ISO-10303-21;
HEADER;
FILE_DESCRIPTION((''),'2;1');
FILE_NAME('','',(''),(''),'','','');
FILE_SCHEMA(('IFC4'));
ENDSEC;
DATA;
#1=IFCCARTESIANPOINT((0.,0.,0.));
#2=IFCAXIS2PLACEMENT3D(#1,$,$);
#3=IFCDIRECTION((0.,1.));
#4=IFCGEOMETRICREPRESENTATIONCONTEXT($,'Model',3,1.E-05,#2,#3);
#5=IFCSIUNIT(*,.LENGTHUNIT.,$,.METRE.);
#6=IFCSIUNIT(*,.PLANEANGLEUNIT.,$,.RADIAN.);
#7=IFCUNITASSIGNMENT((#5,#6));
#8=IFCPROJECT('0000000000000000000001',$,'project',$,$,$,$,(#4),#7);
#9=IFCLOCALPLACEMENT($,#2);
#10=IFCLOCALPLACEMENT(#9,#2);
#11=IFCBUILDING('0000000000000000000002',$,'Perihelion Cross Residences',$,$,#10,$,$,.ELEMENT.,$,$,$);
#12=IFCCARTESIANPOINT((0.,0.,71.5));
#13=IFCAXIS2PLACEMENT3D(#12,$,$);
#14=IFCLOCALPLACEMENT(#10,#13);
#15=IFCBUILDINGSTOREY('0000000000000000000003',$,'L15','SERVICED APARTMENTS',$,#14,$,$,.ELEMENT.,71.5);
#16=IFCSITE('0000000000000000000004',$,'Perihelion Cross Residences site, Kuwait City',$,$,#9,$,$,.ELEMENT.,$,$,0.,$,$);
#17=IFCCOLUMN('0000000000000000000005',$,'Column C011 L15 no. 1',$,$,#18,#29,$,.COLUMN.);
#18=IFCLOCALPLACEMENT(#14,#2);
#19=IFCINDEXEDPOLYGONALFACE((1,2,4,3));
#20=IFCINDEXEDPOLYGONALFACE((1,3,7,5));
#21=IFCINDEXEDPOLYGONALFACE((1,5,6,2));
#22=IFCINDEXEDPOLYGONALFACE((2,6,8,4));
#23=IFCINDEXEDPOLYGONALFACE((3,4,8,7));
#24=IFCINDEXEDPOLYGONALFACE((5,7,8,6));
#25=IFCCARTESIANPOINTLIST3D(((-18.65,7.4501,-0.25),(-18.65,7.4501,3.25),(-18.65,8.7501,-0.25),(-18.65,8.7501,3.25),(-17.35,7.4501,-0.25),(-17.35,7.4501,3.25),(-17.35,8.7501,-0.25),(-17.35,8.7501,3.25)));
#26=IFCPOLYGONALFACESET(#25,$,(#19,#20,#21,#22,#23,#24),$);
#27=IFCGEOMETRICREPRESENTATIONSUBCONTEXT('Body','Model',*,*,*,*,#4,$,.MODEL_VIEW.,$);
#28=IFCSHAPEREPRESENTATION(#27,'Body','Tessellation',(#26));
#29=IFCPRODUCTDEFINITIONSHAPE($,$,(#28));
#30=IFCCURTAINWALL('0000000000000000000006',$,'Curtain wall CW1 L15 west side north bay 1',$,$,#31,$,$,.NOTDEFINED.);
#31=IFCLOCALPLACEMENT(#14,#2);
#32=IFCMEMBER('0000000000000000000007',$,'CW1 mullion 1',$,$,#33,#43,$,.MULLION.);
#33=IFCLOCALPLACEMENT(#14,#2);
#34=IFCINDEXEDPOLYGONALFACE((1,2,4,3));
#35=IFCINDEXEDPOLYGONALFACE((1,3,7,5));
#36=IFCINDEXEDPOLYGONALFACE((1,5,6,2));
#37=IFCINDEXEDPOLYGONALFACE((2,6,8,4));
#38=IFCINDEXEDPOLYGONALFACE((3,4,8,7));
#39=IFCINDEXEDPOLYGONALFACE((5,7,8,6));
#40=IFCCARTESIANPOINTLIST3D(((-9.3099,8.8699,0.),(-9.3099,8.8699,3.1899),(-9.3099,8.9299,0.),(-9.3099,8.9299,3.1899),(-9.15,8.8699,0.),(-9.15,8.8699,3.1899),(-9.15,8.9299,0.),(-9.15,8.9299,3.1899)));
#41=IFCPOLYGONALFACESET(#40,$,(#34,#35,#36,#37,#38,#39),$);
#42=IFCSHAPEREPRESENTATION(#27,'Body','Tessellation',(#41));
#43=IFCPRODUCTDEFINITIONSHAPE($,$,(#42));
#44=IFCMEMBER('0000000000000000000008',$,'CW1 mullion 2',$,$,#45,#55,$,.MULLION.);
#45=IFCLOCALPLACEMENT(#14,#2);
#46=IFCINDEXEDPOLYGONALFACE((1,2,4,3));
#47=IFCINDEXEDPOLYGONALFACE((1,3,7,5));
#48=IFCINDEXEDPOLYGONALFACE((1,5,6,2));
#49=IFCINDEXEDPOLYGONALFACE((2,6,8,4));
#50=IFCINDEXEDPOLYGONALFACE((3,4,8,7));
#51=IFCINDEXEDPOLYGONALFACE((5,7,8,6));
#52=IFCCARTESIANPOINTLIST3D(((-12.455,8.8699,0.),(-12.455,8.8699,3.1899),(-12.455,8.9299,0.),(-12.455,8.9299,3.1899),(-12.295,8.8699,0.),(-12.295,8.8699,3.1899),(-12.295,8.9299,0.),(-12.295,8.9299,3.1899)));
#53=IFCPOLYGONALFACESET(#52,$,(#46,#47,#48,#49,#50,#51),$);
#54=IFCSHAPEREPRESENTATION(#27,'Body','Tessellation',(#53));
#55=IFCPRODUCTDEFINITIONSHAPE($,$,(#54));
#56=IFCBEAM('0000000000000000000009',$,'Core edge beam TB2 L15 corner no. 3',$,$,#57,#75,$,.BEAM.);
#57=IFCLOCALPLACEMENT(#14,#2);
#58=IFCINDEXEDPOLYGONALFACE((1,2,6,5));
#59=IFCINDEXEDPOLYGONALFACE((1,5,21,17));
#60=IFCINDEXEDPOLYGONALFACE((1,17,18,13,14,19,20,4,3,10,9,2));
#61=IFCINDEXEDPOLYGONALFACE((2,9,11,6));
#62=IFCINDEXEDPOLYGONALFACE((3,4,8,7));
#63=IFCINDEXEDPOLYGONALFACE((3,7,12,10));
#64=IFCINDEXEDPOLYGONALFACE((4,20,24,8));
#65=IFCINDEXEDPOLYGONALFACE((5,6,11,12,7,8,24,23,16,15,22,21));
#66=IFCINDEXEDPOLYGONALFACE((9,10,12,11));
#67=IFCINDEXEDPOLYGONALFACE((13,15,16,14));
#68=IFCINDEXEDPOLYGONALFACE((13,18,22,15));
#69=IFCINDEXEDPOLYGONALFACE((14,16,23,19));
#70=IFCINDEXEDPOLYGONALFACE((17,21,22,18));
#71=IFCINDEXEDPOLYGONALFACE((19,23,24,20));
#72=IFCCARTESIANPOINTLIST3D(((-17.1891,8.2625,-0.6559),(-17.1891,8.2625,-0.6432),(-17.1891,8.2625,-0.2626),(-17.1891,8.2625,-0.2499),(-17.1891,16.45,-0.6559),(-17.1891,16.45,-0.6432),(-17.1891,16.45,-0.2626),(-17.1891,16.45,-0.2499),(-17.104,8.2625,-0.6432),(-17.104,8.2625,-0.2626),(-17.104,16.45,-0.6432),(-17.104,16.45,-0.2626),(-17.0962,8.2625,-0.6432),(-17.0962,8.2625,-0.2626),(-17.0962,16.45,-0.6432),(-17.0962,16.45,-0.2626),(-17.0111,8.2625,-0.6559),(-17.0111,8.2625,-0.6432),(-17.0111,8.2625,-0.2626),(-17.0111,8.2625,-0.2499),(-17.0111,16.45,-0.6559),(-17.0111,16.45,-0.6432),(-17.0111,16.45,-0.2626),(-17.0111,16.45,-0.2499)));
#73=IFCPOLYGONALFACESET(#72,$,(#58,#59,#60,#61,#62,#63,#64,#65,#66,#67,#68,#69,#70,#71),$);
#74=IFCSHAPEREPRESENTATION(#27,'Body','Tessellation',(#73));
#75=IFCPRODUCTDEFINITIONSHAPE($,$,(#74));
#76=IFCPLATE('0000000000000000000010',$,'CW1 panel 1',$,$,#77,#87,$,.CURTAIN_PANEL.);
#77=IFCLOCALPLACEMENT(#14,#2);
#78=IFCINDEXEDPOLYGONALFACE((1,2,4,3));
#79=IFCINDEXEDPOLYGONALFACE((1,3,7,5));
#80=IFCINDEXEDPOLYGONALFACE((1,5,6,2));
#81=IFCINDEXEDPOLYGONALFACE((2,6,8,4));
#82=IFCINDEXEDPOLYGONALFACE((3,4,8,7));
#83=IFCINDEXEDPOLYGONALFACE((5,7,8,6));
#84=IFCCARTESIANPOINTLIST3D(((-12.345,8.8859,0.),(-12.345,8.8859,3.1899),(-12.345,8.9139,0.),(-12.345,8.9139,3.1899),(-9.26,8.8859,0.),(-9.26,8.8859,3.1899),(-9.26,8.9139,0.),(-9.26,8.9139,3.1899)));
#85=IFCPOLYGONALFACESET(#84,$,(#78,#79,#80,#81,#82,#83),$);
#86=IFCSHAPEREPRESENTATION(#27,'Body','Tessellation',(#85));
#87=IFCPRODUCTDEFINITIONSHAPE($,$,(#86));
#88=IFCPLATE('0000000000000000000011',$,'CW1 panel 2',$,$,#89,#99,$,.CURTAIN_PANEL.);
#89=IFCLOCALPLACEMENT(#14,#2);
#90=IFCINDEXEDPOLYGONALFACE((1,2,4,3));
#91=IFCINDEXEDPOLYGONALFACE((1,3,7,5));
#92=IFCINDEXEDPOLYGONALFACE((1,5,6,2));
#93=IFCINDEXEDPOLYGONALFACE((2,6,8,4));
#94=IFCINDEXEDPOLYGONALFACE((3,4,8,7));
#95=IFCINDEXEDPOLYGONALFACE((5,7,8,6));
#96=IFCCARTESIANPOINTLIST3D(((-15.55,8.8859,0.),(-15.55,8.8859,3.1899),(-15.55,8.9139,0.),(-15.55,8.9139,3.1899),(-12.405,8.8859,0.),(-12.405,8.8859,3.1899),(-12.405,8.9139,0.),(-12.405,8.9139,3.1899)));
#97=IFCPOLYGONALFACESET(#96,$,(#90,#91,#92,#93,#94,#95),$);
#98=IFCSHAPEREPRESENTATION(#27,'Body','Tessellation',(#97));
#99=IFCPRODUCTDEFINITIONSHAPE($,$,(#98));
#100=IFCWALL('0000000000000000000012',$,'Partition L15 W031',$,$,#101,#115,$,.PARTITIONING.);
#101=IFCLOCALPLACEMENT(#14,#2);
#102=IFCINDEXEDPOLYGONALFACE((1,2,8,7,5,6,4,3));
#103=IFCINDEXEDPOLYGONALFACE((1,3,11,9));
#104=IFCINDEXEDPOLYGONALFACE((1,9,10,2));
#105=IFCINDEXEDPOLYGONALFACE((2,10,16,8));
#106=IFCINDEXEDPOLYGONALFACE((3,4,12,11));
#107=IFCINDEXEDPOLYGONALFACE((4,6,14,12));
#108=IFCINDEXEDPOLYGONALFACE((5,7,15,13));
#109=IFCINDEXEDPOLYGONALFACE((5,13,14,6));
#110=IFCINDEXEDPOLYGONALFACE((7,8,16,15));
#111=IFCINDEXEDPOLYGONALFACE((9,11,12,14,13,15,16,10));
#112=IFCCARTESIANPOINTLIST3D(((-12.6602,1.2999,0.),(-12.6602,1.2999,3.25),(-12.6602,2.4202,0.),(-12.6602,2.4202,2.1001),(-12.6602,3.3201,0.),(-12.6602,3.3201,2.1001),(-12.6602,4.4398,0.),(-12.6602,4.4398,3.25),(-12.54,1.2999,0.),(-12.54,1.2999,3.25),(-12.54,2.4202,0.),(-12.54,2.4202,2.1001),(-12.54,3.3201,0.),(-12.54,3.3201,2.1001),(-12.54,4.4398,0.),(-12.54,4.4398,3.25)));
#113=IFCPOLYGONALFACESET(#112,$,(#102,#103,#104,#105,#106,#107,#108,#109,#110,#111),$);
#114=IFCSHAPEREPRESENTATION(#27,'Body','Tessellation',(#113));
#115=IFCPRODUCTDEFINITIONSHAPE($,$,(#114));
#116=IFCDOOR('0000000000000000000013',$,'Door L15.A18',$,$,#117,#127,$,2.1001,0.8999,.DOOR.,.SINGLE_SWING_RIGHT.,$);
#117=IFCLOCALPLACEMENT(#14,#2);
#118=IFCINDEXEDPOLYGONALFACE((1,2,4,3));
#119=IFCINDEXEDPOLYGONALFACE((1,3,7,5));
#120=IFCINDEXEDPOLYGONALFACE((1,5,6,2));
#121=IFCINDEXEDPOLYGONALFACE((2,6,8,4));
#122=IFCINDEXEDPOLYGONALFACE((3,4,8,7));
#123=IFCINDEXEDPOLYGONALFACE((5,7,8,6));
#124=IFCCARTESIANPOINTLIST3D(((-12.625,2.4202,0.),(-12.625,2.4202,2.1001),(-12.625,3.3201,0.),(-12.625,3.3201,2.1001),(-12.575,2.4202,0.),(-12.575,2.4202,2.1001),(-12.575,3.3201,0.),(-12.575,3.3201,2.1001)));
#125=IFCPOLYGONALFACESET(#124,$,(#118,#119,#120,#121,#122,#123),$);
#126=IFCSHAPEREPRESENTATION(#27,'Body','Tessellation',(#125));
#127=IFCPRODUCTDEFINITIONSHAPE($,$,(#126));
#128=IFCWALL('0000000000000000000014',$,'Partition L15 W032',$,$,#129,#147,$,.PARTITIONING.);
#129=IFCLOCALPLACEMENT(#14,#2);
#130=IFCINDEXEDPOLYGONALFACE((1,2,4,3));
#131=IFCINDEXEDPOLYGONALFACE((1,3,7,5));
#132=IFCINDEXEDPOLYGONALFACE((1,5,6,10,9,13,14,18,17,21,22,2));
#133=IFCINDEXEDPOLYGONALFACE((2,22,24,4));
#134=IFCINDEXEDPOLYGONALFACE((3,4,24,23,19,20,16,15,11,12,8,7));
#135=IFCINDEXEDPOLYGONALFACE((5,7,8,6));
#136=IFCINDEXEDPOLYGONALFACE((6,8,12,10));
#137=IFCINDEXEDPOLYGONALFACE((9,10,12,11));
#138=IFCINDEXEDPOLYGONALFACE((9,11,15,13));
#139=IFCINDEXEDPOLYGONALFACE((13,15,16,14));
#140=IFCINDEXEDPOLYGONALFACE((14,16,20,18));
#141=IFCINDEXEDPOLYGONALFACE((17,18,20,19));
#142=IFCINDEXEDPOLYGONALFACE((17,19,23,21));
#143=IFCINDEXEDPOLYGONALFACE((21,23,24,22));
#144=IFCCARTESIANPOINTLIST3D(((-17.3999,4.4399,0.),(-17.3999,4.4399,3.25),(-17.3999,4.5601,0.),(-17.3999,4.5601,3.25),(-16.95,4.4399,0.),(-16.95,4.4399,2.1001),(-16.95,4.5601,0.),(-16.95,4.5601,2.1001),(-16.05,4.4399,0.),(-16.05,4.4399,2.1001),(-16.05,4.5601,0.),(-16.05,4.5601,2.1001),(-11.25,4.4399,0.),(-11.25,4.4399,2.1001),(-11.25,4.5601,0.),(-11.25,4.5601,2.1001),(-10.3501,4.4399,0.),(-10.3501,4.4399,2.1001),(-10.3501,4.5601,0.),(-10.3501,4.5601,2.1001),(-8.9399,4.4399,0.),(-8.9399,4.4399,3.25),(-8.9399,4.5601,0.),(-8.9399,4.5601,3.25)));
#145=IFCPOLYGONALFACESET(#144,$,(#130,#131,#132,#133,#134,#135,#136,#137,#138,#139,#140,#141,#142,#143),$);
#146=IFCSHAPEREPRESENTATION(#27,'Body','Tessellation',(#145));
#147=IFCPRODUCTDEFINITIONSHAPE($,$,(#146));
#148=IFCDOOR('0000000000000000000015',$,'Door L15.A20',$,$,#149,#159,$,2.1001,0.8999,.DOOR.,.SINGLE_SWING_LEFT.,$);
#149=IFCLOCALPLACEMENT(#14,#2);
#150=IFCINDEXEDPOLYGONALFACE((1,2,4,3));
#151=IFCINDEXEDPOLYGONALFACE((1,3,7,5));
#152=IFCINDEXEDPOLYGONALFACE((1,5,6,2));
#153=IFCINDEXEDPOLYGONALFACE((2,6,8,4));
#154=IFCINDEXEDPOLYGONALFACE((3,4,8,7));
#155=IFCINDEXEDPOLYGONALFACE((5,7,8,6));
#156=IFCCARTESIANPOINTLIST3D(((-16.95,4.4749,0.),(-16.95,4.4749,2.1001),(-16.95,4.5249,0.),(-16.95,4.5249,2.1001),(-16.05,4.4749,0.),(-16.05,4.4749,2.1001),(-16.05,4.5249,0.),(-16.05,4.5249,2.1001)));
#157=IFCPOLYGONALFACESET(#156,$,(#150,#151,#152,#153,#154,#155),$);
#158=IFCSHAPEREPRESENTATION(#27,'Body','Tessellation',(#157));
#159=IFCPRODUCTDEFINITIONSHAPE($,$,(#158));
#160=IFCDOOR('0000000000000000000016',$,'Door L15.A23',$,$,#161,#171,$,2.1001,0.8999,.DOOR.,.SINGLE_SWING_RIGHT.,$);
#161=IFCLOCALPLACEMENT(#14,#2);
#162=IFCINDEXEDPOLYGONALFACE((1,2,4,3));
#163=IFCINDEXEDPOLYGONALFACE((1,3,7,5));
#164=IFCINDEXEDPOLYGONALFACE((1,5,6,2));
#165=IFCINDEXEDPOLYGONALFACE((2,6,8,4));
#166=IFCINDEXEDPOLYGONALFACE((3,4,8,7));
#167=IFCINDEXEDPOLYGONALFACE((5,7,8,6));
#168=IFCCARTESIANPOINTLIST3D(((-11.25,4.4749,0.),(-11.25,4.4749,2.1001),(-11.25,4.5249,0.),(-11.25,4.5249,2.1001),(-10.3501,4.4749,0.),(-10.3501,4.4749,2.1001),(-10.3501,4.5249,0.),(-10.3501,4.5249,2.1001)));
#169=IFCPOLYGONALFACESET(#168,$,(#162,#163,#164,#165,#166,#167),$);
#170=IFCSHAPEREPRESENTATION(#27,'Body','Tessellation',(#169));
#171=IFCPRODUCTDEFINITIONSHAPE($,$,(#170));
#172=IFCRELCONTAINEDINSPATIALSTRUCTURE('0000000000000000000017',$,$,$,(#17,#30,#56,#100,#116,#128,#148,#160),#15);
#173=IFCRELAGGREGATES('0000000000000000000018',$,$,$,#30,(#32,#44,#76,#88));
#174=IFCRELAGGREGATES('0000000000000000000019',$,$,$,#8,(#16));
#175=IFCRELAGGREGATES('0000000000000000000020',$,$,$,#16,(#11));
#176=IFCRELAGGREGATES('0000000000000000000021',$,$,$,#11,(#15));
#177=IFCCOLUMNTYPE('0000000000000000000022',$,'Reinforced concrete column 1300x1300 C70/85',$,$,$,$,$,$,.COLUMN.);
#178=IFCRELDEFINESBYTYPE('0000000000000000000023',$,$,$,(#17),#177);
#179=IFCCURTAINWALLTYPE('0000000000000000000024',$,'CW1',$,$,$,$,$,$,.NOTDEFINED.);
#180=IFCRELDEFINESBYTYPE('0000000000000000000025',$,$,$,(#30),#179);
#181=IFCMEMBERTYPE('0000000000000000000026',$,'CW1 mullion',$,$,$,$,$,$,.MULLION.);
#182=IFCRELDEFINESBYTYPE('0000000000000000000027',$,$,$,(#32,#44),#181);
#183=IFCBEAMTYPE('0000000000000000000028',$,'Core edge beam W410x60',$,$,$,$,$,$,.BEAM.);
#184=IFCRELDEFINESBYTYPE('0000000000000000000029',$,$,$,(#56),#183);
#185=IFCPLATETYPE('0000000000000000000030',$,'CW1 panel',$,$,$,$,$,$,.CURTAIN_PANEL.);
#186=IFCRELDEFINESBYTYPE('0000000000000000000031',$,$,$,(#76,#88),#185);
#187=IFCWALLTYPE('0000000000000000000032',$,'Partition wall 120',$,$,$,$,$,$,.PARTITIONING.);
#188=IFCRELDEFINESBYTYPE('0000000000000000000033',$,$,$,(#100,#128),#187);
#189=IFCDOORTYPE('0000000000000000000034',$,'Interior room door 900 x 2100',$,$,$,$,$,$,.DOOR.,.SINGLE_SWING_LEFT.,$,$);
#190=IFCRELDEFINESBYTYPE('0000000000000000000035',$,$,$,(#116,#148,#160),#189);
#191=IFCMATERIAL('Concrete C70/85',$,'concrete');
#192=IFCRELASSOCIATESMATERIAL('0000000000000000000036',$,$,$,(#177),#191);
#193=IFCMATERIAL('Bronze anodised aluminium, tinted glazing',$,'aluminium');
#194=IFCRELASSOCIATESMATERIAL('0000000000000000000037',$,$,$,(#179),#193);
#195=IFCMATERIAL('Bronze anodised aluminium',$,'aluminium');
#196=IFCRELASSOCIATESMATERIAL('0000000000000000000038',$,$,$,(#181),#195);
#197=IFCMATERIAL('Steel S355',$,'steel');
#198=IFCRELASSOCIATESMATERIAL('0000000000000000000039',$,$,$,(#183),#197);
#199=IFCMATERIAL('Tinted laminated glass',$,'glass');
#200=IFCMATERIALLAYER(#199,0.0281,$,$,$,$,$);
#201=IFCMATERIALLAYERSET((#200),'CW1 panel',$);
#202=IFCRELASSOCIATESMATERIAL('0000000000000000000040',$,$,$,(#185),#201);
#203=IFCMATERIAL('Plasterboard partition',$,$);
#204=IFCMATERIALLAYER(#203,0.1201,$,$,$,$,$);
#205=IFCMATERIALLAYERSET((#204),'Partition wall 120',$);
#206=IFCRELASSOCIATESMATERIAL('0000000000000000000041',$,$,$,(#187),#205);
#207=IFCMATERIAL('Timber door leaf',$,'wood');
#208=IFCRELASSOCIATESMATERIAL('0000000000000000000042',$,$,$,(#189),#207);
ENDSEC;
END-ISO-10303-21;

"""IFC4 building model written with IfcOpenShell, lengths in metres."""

from ifc_helpers import new_model, si_unit, direction, frame, frame_2d, origin, origin_2d, place, context, subcontext, project, spatial, rectangle, i_section, extrude, material, layer, layer_set, material_profile, profile_set, type_object, element, fill, aggregate, save


model = new_model("IFC4")

# Units and contexts
model_context = context("Model", 3, precision=1e-05, world=origin(), true_north=direction((0.0, 1.0)))
body_context = subcontext(model_context, "Body", "Model", "MODEL_VIEW")
ifc_project = project(units=[si_unit("LENGTHUNIT", "METRE"), si_unit("PLANEANGLEUNIT", "RADIAN")], contexts=[model_context])

# Site, building, storey
site_placement = place(None, origin())
site = spatial("IfcSite", under=ifc_project, at=site_placement, Name="Perihelion Cross Residences site, Kuwait City", CompositionType="ELEMENT", RefElevation=0.0)
building_placement = place(site_placement, origin())
building = spatial("IfcBuilding", under=site, at=building_placement, Name="Perihelion Cross Residences", CompositionType="ELEMENT")
storey_placement = place(building_placement, frame((0.0, 0.0, 71.5)))
storey = spatial("IfcBuildingStorey", under=building, at=storey_placement, Name="L15", Description="SERVICED APARTMENTS", CompositionType="ELEMENT", Elevation=71.5)

# Column
ifc_material_1 = material(Name="Concrete C70/85", Category="concrete")
ifc_material_profile_1 = material_profile(ifc_material_1, rectangle(XDim=1.3, YDim=1.3, at=origin_2d()), Name="RC 1300x1300")
ifc_profile_set_1 = profile_set([ifc_material_profile_1], Name="Concrete C70/85")
column_type = type_object("IfcColumnType", Name="Reinforced concrete column 1300x1300 C70/85", PredefinedType="COLUMN", material=ifc_profile_set_1)
column_placement = place(storey_placement, frame((-18.0, 8.1001, -0.25), z_axis=(0.0, 0.0, 1.0), x_axis=(1.0, 0.0, 0.0)))
element("IfcColumn", 1, at=column_placement, inside=storey, type_object=column_type, Name="Column C011 L15 no. 1", PredefinedType="COLUMN", context=body_context, shape_type="SweptSolid", body=[
    extrude(rectangle(XDim=1.3, YDim=1.3, at=origin_2d()), origin(), (0.0, 0.0, 1.0), 3.5),
])

# Curtain wall, members
ifc_material_2 = material(Name="Bronze anodised aluminium, tinted glazing", Category="aluminium")
curtain_wall_type = type_object("IfcCurtainWallType", Name="CW1", PredefinedType="NOTDEFINED", material=ifc_material_2)
curtain_wall_placement = place(storey_placement, origin())
curtain_wall = element("IfcCurtainWall", 2, at=curtain_wall_placement, inside=storey, type_object=curtain_wall_type, Name="Curtain wall CW1 L15 west side north bay 1", PredefinedType="NOTDEFINED")
ifc_material_3 = material(Name="Bronze anodised aluminium", Category="aluminium")
ifc_material_profile_2 = material_profile(ifc_material_3, rectangle(XDim=0.0601, YDim=0.1599, at=origin_2d()), Name="CW1 mullion")
ifc_profile_set_2 = profile_set([ifc_material_profile_2], Name="Bronze anodised aluminium")
member_type = type_object("IfcMemberType", Name="CW1 mullion", PredefinedType="MULLION", material=ifc_profile_set_2)
member_1_placement = place(storey_placement, frame((-9.23, 8.8999, 0.0), z_axis=(0.0, 0.0, 1.0), x_axis=(0.0, -1.0, 0.0)))
member_1 = element("IfcMember", 3, at=member_1_placement, type_object=member_type, Name="CW1 mullion 1", PredefinedType="MULLION", context=body_context, shape_type="SweptSolid", body=[
    extrude(rectangle(XDim=0.0601, YDim=0.1599, at=origin_2d()), origin(), (0.0, 0.0, 1.0), 3.1899),
])
member_2_placement = place(storey_placement, frame((-12.375, 8.8999, 0.0), z_axis=(0.0, 0.0, 1.0), x_axis=(0.0, -1.0, 0.0)))
member_2 = element("IfcMember", 4, at=member_2_placement, type_object=member_type, Name="CW1 mullion 2", PredefinedType="MULLION", context=body_context, shape_type="SweptSolid", body=[
    extrude(rectangle(XDim=0.0601, YDim=0.1599, at=origin_2d()), origin(), (0.0, 0.0, 1.0), 3.1899),
])

# Beam
ifc_material_4 = material(Name="Steel S355", Category="steel")
ifc_material_profile_3 = material_profile(ifc_material_4, i_section(OverallWidth=0.178, OverallDepth=0.406, WebThickness=0.0078, FlangeThickness=0.0127, at=origin_2d()), Name="W410x60")
ifc_profile_set_3 = profile_set([ifc_material_profile_3], Name="Steel S355")
beam_type = type_object("IfcBeamType", Name="Core edge beam W410x60", PredefinedType="BEAM", material=ifc_profile_set_3)
beam_placement = place(storey_placement, frame((-17.1001, 8.2625, -0.4529), z_axis=(0.0, 1.0, 0.0), x_axis=(-1.0, 0.0, 0.0)))
element("IfcBeam", 5, at=beam_placement, inside=storey, type_object=beam_type, Name="Core edge beam TB2 L15 corner no. 3", PredefinedType="BEAM", context=body_context, shape_type="SweptSolid", body=[
    extrude(i_section(OverallWidth=0.178, OverallDepth=0.406, WebThickness=0.0078, FlangeThickness=0.0127, at=origin_2d()), origin(), (0.0, 0.0, 1.0), 8.1875),
])

# Plates
ifc_material_5 = material(Name="Tinted laminated glass", Category="glass")
ifc_layer_1 = layer(ifc_material_5, 0.0281)
ifc_layer_set_1 = layer_set([ifc_layer_1], Name="CW1 panel")
plate_type = type_object("IfcPlateType", Name="CW1 panel", PredefinedType="CURTAIN_PANEL", material=ifc_layer_set_1)
plate_1_placement = place(storey_placement, frame((-10.8025, 8.8999, 0.0), z_axis=(0.0, 0.0, 1.0), x_axis=(-1.0, 0.0, 0.0)))
plate_1 = element("IfcPlate", 6, at=plate_1_placement, type_object=plate_type, Name="CW1 panel 1", PredefinedType="CURTAIN_PANEL", context=body_context, shape_type="SweptSolid", body=[
    extrude(rectangle(XDim=3.085, YDim=0.0281, at=origin_2d()), origin(), (0.0, 0.0, 1.0), 3.1899),
])
plate_2_placement = place(storey_placement, frame((-13.9775, 8.8999, 0.0), z_axis=(0.0, 0.0, 1.0), x_axis=(-1.0, 0.0, 0.0)))
plate_2 = element("IfcPlate", 7, at=plate_2_placement, type_object=plate_type, Name="CW1 panel 2", PredefinedType="CURTAIN_PANEL", context=body_context, shape_type="SweptSolid", body=[
    extrude(rectangle(XDim=3.145, YDim=0.0281, at=origin_2d()), origin(), (0.0, 0.0, 1.0), 3.1899),
])
aggregate(curtain_wall, [member_1, member_2, plate_1, plate_2])

# Wall, opening, door
ifc_material_6 = material(Name="Plasterboard partition")
ifc_layer_2 = layer(ifc_material_6, 0.1201)
ifc_layer_set_2 = layer_set([ifc_layer_2], Name="Partition wall 120")
wall_type_1 = type_object("IfcWallType", Name="Partition wall 120", PredefinedType="PARTITIONING", material=ifc_layer_set_2)
wall_1_placement = place(storey_placement, frame((-12.6001, 1.3, 0.0), z_axis=(0.0, 0.0, 1.0), x_axis=(0.0, 1.0, 0.0)))
wall_1 = element("IfcWall", 8, at=wall_1_placement, inside=storey, type_object=wall_type_1, Name="Partition L15 W031", PredefinedType="PARTITIONING", context=body_context, shape_type="SweptSolid", body=[
    extrude(rectangle(XDim=3.1399, YDim=0.1201, at=frame_2d((1.5698, 0.0))), origin(), (0.0, 0.0, 1.0), 3.25),
])
opening_1_placement = place(wall_1_placement, frame((1.1201, 0.0, 0.0)))
opening_1 = element("IfcOpeningElement", 9, at=opening_1_placement, cuts=wall_1, PredefinedType="OPENING", context=body_context, shape_type="SweptSolid", body=[
    extrude(rectangle(XDim=0.8999, YDim=2.1001, at=frame_2d((0.45, 1.05))), frame((0.0, 0.0701, 0.0), z_axis=(0.0, -1.0, 0.0), x_axis=(1.0, 0.0, 0.0)), (0.0, 0.0, 1.0), 0.1401),
])
ifc_material_7 = material(Name="Timber door leaf", Category="wood")
door_type_1 = type_object("IfcDoorType", Name="Interior room door 900 x 2100", OperationType="SINGLE_SWING_LEFT", PredefinedType="DOOR", material=ifc_material_7)
door_1_placement = place(opening_1_placement, origin())
door_1 = element("IfcDoor", 10, at=door_1_placement, inside=storey, type_object=door_type_1, Name="Door L15.A18", OperationType="SINGLE_SWING_RIGHT", OverallHeight=2.1001, OverallWidth=0.8999, PredefinedType="DOOR", context=body_context, shape_type="SweptSolid", body=[
    extrude(rectangle(XDim=0.8999, YDim=2.1001, at=frame_2d((0.45, 1.05))), frame((0.0, 0.0249, 0.0), z_axis=(0.0, -1.0, 0.0), x_axis=(1.0, 0.0, 0.0)), (0.0, 0.0, 1.0), 0.05),
])
fill(opening_1, door_1)

# Wall, openings, doors
wall_2_placement = place(storey_placement, frame((-17.3999, 4.5, 0.0), z_axis=(0.0, 0.0, 1.0), x_axis=(1.0, 0.0, 0.0)))
wall_2 = element("IfcWall", 11, at=wall_2_placement, inside=storey, type_object=wall_type_1, Name="Partition L15 W032", PredefinedType="PARTITIONING", context=body_context, shape_type="SweptSolid", body=[
    extrude(rectangle(XDim=8.46, YDim=0.1201, at=frame_2d((4.23, 0.0))), origin(), (0.0, 0.0, 1.0), 3.25),
])
opening_2_placement = place(wall_2_placement, frame((0.45, 0.0, 0.0)))
opening_2 = element("IfcOpeningElement", 12, at=opening_2_placement, cuts=wall_2, PredefinedType="OPENING", context=body_context, shape_type="SweptSolid", body=[
    extrude(rectangle(XDim=0.8999, YDim=2.1001, at=frame_2d((0.45, 1.05))), frame((0.0, 0.0701, 0.0), z_axis=(0.0, -1.0, 0.0), x_axis=(1.0, 0.0, 0.0)), (0.0, 0.0, 1.0), 0.1401),
])
opening_3_placement = place(wall_2_placement, frame((6.1499, 0.0, 0.0)))
opening_3 = element("IfcOpeningElement", 13, at=opening_3_placement, cuts=wall_2, PredefinedType="OPENING", context=body_context, shape_type="SweptSolid", body=[
    extrude(rectangle(XDim=0.8999, YDim=2.1001, at=frame_2d((0.45, 1.05))), frame((0.0, 0.0701, 0.0), z_axis=(0.0, -1.0, 0.0), x_axis=(1.0, 0.0, 0.0)), (0.0, 0.0, 1.0), 0.1401),
])
door_2_placement = place(opening_2_placement, origin())
door_2 = element("IfcDoor", 14, at=door_2_placement, inside=storey, type_object=door_type_1, Name="Door L15.A20", OperationType="SINGLE_SWING_LEFT", OverallHeight=2.1001, OverallWidth=0.8999, PredefinedType="DOOR", context=body_context, shape_type="SweptSolid", body=[
    extrude(rectangle(XDim=0.8999, YDim=2.1001, at=frame_2d((0.45, 1.05))), frame((0.0, 0.0249, 0.0), z_axis=(0.0, -1.0, 0.0), x_axis=(1.0, 0.0, 0.0)), (0.0, 0.0, 1.0), 0.05),
])
fill(opening_2, door_2)
door_3_placement = place(opening_3_placement, origin())
door_3 = element("IfcDoor", 15, at=door_3_placement, inside=storey, type_object=door_type_1, Name="Door L15.A23", OperationType="SINGLE_SWING_RIGHT", OverallHeight=2.1001, OverallWidth=0.8999, PredefinedType="DOOR", context=body_context, shape_type="SweptSolid", body=[
    extrude(rectangle(XDim=0.8999, YDim=2.1001, at=frame_2d((0.45, 1.05))), frame((0.0, 0.0249, 0.0), z_axis=(0.0, -1.0, 0.0), x_axis=(1.0, 0.0, 0.0)), (0.0, 0.0, 1.0), 0.05),
])
fill(opening_3, door_3)

save(model, "model.ifc")
